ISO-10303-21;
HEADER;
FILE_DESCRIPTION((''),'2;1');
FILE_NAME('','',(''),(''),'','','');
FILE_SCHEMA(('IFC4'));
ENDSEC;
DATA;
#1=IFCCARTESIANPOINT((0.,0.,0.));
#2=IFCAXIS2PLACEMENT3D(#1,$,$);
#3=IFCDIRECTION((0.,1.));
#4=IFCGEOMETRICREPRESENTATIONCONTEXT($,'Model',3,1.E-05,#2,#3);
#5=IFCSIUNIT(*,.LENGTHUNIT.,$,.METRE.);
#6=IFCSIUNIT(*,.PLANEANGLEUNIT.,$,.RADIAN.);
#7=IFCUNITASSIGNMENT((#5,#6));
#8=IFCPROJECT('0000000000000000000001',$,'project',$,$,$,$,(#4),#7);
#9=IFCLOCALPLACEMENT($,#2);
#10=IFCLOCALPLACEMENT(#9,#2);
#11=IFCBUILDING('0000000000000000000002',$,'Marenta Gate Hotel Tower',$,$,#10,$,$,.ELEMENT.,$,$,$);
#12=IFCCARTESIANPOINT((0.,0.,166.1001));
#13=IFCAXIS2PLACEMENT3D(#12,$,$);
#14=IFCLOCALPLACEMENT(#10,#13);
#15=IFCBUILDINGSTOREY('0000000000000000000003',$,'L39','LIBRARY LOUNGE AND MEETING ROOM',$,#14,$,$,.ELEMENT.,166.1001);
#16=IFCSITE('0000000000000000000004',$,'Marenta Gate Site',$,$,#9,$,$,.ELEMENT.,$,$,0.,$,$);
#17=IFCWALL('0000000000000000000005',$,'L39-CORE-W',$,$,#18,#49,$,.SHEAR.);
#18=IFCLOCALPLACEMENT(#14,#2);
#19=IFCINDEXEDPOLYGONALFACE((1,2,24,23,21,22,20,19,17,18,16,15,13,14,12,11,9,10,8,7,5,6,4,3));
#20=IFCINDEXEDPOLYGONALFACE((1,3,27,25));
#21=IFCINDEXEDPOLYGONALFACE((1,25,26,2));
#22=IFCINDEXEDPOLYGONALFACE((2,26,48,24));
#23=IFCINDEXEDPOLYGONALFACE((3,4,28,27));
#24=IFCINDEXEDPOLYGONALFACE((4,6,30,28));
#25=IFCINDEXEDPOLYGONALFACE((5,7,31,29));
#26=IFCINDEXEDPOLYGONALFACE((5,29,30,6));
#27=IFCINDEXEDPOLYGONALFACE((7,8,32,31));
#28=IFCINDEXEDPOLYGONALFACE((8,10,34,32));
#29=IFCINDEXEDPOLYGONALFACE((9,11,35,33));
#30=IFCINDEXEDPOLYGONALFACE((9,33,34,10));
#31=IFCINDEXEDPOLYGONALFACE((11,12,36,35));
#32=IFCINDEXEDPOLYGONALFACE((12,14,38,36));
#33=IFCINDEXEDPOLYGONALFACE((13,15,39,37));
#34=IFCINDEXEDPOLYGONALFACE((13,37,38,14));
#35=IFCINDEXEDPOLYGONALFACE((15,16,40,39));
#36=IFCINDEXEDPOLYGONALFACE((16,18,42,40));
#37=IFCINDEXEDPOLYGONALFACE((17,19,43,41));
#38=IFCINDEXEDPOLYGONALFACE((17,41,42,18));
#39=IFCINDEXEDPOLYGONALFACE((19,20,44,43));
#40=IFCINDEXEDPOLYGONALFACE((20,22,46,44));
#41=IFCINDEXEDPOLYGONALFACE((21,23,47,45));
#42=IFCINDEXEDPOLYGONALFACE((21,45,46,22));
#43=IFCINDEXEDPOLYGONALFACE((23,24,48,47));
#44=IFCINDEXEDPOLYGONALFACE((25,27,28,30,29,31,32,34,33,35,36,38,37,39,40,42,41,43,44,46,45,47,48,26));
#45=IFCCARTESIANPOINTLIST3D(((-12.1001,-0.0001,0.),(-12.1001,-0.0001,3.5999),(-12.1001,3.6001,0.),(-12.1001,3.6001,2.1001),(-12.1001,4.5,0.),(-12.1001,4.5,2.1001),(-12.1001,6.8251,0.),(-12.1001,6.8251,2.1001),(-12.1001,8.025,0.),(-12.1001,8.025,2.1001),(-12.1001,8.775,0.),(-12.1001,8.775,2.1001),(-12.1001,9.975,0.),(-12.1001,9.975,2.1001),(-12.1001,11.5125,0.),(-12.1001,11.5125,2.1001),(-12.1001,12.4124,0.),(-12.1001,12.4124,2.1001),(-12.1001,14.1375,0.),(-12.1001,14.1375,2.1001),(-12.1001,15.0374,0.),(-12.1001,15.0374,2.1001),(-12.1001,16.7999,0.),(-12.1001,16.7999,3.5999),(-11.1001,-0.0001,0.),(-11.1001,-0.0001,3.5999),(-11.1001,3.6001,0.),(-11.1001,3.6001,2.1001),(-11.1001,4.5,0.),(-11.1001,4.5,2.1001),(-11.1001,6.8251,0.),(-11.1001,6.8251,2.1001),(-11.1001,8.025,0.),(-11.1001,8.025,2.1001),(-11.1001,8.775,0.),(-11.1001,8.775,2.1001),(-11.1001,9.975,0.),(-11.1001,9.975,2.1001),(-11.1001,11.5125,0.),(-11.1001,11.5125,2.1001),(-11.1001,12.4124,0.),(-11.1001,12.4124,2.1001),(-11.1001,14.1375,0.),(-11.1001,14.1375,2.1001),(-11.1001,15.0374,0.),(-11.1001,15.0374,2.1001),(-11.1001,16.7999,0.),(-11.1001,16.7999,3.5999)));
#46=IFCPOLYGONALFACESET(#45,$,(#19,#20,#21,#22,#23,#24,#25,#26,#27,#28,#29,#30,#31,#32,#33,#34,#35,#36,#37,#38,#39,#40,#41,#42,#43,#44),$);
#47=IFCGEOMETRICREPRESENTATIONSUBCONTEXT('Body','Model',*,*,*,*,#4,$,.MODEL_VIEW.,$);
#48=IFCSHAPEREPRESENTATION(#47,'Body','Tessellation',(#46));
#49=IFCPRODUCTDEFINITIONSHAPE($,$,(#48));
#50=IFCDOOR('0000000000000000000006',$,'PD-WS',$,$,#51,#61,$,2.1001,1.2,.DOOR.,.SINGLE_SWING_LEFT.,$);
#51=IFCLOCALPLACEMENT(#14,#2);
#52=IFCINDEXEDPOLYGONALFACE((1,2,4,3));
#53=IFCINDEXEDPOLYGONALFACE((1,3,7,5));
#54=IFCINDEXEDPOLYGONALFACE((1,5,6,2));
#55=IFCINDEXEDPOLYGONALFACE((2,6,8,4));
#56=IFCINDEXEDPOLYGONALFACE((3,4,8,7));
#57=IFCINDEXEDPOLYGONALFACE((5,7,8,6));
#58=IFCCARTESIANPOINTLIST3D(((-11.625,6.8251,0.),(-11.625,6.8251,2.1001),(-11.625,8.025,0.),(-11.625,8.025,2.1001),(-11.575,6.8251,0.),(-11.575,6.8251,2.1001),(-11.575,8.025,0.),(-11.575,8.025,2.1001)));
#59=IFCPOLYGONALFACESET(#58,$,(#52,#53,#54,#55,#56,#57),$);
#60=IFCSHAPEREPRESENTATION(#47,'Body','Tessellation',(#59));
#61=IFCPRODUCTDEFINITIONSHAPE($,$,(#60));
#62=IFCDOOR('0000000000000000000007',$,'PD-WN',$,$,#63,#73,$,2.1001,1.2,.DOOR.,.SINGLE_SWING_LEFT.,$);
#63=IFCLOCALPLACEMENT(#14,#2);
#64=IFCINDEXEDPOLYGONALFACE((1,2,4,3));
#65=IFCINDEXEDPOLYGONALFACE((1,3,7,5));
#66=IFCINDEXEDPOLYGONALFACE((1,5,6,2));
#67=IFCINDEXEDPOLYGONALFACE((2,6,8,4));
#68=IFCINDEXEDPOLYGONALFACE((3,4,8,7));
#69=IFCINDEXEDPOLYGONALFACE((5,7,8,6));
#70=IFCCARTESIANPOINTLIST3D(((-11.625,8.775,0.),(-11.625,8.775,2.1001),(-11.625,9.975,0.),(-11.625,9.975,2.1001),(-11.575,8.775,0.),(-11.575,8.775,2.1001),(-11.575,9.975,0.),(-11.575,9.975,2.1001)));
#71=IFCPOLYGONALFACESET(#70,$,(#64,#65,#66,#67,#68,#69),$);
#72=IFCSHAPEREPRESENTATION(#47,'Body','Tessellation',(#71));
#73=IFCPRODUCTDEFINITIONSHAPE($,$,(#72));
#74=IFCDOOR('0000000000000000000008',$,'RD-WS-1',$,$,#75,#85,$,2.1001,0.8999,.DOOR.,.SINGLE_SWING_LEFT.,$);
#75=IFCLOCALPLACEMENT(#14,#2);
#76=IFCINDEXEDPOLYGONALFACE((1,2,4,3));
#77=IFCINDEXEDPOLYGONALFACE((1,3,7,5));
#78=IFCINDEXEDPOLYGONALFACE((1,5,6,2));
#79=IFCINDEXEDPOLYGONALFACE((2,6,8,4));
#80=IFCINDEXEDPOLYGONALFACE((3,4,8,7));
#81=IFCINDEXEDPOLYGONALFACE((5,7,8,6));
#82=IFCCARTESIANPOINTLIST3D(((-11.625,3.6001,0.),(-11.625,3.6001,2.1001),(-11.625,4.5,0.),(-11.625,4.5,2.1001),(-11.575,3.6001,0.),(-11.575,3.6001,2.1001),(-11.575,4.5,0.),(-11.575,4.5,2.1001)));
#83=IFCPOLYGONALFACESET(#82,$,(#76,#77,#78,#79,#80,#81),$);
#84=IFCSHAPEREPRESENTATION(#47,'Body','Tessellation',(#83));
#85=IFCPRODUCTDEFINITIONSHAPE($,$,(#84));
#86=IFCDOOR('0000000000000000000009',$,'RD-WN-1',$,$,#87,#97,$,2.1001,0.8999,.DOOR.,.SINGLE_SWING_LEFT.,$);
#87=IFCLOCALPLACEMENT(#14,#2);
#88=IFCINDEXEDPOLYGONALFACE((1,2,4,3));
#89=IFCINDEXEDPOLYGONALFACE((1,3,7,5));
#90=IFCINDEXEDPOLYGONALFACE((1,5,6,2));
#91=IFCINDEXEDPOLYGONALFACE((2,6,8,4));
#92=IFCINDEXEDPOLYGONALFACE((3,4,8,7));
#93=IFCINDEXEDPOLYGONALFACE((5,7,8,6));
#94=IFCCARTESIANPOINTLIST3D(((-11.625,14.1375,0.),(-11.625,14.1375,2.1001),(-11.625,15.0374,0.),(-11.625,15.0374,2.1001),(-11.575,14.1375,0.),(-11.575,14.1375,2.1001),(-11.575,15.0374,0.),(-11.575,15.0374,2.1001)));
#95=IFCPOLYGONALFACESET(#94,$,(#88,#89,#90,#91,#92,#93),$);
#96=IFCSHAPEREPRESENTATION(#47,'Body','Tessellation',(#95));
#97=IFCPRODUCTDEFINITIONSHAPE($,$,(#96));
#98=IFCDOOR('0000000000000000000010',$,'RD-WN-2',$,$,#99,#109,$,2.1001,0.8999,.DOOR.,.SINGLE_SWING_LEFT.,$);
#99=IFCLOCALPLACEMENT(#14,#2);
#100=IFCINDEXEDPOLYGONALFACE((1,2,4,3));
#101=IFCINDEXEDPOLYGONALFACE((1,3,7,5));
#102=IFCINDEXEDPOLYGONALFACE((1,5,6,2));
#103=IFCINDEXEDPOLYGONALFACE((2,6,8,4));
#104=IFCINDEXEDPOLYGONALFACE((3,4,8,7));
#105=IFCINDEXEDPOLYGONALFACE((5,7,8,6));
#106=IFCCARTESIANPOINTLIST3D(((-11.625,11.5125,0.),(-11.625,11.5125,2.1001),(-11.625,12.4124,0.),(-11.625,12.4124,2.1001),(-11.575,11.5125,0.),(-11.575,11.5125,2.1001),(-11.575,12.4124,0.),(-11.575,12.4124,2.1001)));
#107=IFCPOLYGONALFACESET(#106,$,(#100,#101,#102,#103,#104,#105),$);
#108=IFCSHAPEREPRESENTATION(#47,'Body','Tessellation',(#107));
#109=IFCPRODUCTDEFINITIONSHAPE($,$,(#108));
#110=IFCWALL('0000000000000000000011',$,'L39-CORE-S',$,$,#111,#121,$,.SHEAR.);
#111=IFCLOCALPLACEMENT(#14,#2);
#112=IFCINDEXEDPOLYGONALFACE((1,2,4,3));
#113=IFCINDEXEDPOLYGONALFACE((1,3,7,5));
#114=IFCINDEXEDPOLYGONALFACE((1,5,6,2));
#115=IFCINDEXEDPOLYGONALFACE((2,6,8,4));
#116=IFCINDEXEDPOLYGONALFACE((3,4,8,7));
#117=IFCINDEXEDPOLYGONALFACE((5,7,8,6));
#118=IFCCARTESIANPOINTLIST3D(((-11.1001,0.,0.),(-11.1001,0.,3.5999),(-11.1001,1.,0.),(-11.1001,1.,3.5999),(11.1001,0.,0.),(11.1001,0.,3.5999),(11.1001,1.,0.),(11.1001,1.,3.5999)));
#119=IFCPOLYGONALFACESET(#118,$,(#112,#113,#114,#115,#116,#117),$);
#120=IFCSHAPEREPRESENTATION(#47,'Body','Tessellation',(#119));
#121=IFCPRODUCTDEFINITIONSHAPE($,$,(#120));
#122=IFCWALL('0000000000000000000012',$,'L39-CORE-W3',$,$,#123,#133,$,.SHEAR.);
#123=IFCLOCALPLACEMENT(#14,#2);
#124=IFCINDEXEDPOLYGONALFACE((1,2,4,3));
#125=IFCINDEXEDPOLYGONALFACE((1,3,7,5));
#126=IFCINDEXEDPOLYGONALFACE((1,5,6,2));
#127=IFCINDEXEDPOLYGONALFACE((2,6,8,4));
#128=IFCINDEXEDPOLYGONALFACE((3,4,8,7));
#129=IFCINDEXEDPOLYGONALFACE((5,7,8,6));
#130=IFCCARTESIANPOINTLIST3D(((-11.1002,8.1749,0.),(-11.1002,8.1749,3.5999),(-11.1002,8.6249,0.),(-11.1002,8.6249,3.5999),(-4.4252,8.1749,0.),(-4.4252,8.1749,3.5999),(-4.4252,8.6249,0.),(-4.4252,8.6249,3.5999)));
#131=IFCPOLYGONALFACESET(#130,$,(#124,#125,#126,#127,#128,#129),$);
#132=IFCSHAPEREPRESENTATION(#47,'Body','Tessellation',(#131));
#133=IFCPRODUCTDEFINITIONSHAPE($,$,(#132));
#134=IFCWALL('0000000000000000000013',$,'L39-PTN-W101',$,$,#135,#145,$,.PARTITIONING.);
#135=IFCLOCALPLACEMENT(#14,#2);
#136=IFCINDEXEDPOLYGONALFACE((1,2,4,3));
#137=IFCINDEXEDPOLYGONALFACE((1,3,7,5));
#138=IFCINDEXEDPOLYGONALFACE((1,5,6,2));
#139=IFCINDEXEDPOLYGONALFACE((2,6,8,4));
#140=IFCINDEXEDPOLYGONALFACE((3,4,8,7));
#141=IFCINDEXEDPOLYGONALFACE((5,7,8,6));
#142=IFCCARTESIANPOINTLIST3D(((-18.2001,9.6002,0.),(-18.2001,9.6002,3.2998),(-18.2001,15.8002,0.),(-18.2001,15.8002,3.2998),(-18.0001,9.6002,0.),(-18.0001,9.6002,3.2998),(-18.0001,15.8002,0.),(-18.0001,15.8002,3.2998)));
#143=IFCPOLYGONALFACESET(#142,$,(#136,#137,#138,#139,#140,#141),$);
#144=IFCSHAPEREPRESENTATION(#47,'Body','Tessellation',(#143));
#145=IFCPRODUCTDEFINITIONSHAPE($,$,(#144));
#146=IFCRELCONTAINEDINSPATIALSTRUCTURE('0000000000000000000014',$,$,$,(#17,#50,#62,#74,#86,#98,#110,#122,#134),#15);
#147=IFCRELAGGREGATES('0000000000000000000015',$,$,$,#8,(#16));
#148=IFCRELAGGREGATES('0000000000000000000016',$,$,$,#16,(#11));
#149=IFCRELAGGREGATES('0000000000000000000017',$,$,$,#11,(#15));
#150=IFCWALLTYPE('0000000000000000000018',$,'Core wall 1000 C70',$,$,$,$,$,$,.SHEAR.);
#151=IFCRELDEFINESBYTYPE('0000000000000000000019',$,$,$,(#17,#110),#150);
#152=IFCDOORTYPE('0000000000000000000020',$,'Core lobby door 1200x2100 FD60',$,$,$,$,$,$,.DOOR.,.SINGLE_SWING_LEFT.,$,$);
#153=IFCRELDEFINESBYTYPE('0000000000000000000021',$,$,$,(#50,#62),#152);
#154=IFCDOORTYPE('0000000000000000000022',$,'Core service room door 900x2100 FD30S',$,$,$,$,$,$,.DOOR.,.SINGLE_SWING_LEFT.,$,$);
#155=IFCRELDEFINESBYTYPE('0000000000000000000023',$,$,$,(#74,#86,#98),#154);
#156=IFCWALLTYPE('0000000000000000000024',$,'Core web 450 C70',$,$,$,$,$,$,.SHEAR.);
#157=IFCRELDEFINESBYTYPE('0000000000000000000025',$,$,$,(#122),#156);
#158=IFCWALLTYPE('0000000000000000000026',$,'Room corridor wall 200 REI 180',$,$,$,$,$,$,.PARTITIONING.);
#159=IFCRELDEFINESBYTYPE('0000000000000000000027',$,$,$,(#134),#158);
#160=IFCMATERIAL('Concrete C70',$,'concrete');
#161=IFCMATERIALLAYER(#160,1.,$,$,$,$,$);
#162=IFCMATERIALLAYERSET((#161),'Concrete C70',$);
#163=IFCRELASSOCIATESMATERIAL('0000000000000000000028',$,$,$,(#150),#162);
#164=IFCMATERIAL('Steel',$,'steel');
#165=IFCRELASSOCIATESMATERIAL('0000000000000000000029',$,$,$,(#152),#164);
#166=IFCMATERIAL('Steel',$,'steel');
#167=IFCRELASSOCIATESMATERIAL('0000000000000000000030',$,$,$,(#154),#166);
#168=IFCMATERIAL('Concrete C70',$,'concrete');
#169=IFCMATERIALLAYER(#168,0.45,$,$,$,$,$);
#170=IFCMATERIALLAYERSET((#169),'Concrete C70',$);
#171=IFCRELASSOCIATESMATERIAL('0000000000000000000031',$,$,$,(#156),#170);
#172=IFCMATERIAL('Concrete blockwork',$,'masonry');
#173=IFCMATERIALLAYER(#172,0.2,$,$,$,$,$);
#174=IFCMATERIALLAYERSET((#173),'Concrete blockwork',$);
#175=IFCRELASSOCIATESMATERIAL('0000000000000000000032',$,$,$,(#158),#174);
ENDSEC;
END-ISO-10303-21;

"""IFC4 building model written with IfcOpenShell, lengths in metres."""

from ifc_helpers import new_model, si_unit, direction, frame, frame_2d, origin, place, context, subcontext, project, spatial, rectangle, extrude, material, layer, layer_set, type_object, element, fill, save


model = new_model("IFC4")

# Units and contexts
model_context = context("Model", 3, precision=1e-05, world=origin(), true_north=direction((0.0, 1.0)))
body_context = subcontext(model_context, "Body", "Model", "MODEL_VIEW")
ifc_project = project(units=[si_unit("LENGTHUNIT", "METRE"), si_unit("PLANEANGLEUNIT", "RADIAN")], contexts=[model_context])

# Site, building, storey
site_placement = place(None, origin())
site = spatial("IfcSite", under=ifc_project, at=site_placement, Name="Marenta Gate Site", CompositionType="ELEMENT", RefElevation=0.0)
building_placement = place(site_placement, origin())
building = spatial("IfcBuilding", under=site, at=building_placement, Name="Marenta Gate Hotel Tower", CompositionType="ELEMENT")
storey_placement = place(building_placement, frame((0.0, 0.0, 166.1001)))
storey = spatial("IfcBuildingStorey", under=building, at=storey_placement, Name="L39", Description="LIBRARY LOUNGE AND MEETING ROOM", CompositionType="ELEMENT", Elevation=166.1001)

# Wall, openings, doors
ifc_material_1 = material(Name="Concrete C70", Category="concrete")
ifc_layer_1 = layer(ifc_material_1, 1.0)
ifc_layer_set_1 = layer_set([ifc_layer_1], Name="Concrete C70")
wall_type_1 = type_object("IfcWallType", Name="Core wall 1000 C70", PredefinedType="SHEAR", material=ifc_layer_set_1)
wall_1_placement = place(storey_placement, frame((-11.6001, 0.0, 0.0), z_axis=(0.0, 0.0, 1.0), x_axis=(0.0, 1.0, 0.0)))
wall_1 = element("IfcWall", 1, at=wall_1_placement, inside=storey, type_object=wall_type_1, Name="L39-CORE-W", PredefinedType="SHEAR", context=body_context, shape_type="SweptSolid", body=[
    extrude(rectangle(XDim=16.8, YDim=1.0, at=frame_2d((8.3999, 0.0))), origin(), (0.0, 0.0, 1.0), 3.5999),
])
opening_1_placement = place(wall_1_placement, frame((3.6001, 0.0, 0.0)))
opening_1 = element("IfcOpeningElement", 2, at=opening_1_placement, cuts=wall_1, PredefinedType="OPENING", context=body_context, shape_type="SweptSolid", body=[
    extrude(rectangle(XDim=0.8999, YDim=2.1001, at=frame_2d((0.45, 1.05))), frame((0.0, 0.5, 0.0), z_axis=(0.0, -1.0, 0.0), x_axis=(1.0, 0.0, 0.0)), (0.0, 0.0, 1.0), 1.0),
])
opening_2_placement = place(wall_1_placement, frame((6.825, 0.0, 0.0)))
opening_2 = element("IfcOpeningElement", 3, at=opening_2_placement, cuts=wall_1, PredefinedType="OPENING", context=body_context, shape_type="SweptSolid", body=[
    extrude(rectangle(XDim=1.2, YDim=2.1001, at=frame_2d((0.6001, 1.05))), frame((0.0, 0.5, 0.0), z_axis=(0.0, -1.0, 0.0), x_axis=(1.0, 0.0, 0.0)), (0.0, 0.0, 1.0), 1.0),
])
opening_3_placement = place(wall_1_placement, frame((14.1375, 0.0, 0.0)))
opening_3 = element("IfcOpeningElement", 4, at=opening_3_placement, cuts=wall_1, PredefinedType="OPENING", context=body_context, shape_type="SweptSolid", body=[
    extrude(rectangle(XDim=0.8999, YDim=2.1001, at=frame_2d((0.45, 1.05))), frame((0.0, 0.5, 0.0), z_axis=(0.0, -1.0, 0.0), x_axis=(1.0, 0.0, 0.0)), (0.0, 0.0, 1.0), 1.0),
])
opening_4_placement = place(wall_1_placement, frame((11.5125, 0.0, 0.0)))
opening_4 = element("IfcOpeningElement", 5, at=opening_4_placement, cuts=wall_1, PredefinedType="OPENING", context=body_context, shape_type="SweptSolid", body=[
    extrude(rectangle(XDim=0.8999, YDim=2.1001, at=frame_2d((0.45, 1.05))), frame((0.0, 0.5, 0.0), z_axis=(0.0, -1.0, 0.0), x_axis=(1.0, 0.0, 0.0)), (0.0, 0.0, 1.0), 1.0),
])
opening_5_placement = place(wall_1_placement, frame((8.7749, 0.0, 0.0)))
opening_5 = element("IfcOpeningElement", 6, at=opening_5_placement, cuts=wall_1, PredefinedType="OPENING", context=body_context, shape_type="SweptSolid", body=[
    extrude(rectangle(XDim=1.2, YDim=2.1001, at=frame_2d((0.6001, 1.05))), frame((0.0, 0.5, 0.0), z_axis=(0.0, -1.0, 0.0), x_axis=(1.0, 0.0, 0.0)), (0.0, 0.0, 1.0), 1.0),
])
ifc_material_2 = material(Name="Steel", Category="steel")
door_type_1 = type_object("IfcDoorType", Name="Core lobby door 1200x2100 FD60", OperationType="SINGLE_SWING_LEFT", PredefinedType="DOOR", material=ifc_material_2)
door_1_placement = place(opening_2_placement, origin())
door_1 = element("IfcDoor", 7, at=door_1_placement, inside=storey, type_object=door_type_1, Name="PD-WS", OperationType="SINGLE_SWING_LEFT", OverallHeight=2.1001, OverallWidth=1.2, PredefinedType="DOOR", context=body_context, shape_type="SweptSolid", body=[
    extrude(rectangle(XDim=1.2, YDim=2.1001, at=frame_2d((0.6001, 1.05))), frame((0.0, 0.0249, 0.0), z_axis=(0.0, -1.0, 0.0), x_axis=(1.0, 0.0, 0.0)), (0.0, 0.0, 1.0), 0.05),
])
fill(opening_2, door_1)
door_2_placement = place(opening_5_placement, origin())
door_2 = element("IfcDoor", 8, at=door_2_placement, inside=storey, type_object=door_type_1, Name="PD-WN", OperationType="SINGLE_SWING_LEFT", OverallHeight=2.1001, OverallWidth=1.2, PredefinedType="DOOR", context=body_context, shape_type="SweptSolid", body=[
    extrude(rectangle(XDim=1.2, YDim=2.1001, at=frame_2d((0.6001, 1.05))), frame((0.0, 0.0249, 0.0), z_axis=(0.0, -1.0, 0.0), x_axis=(1.0, 0.0, 0.0)), (0.0, 0.0, 1.0), 0.05),
])
fill(opening_5, door_2)
ifc_material_3 = material(Name="Steel", Category="steel")
door_type_2 = type_object("IfcDoorType", Name="Core service room door 900x2100 FD30S", OperationType="SINGLE_SWING_LEFT", PredefinedType="DOOR", material=ifc_material_3)
door_3_placement = place(opening_1_placement, origin())
door_3 = element("IfcDoor", 9, at=door_3_placement, inside=storey, type_object=door_type_2, Name="RD-WS-1", OperationType="SINGLE_SWING_LEFT", OverallHeight=2.1001, OverallWidth=0.8999, PredefinedType="DOOR", context=body_context, shape_type="SweptSolid", body=[
    extrude(rectangle(XDim=0.8999, YDim=2.1001, at=frame_2d((0.45, 1.05))), frame((0.0, 0.0249, 0.0), z_axis=(0.0, -1.0, 0.0), x_axis=(1.0, 0.0, 0.0)), (0.0, 0.0, 1.0), 0.05),
])
fill(opening_1, door_3)
door_4_placement = place(opening_3_placement, origin())
door_4 = element("IfcDoor", 10, at=door_4_placement, inside=storey, type_object=door_type_2, Name="RD-WN-1", OperationType="SINGLE_SWING_LEFT", OverallHeight=2.1001, OverallWidth=0.8999, PredefinedType="DOOR", context=body_context, shape_type="SweptSolid", body=[
    extrude(rectangle(XDim=0.8999, YDim=2.1001, at=frame_2d((0.45, 1.05))), frame((0.0, 0.0249, 0.0), z_axis=(0.0, -1.0, 0.0), x_axis=(1.0, 0.0, 0.0)), (0.0, 0.0, 1.0), 0.05),
])
fill(opening_3, door_4)
door_5_placement = place(opening_4_placement, origin())
door_5 = element("IfcDoor", 11, at=door_5_placement, inside=storey, type_object=door_type_2, Name="RD-WN-2", OperationType="SINGLE_SWING_LEFT", OverallHeight=2.1001, OverallWidth=0.8999, PredefinedType="DOOR", context=body_context, shape_type="SweptSolid", body=[
    extrude(rectangle(XDim=0.8999, YDim=2.1001, at=frame_2d((0.45, 1.05))), frame((0.0, 0.0249, 0.0), z_axis=(0.0, -1.0, 0.0), x_axis=(1.0, 0.0, 0.0)), (0.0, 0.0, 1.0), 0.05),
])
fill(opening_4, door_5)

# Walls
wall_2_placement = place(storey_placement, frame((-11.1001, 0.5, 0.0), z_axis=(0.0, 0.0, 1.0), x_axis=(1.0, 0.0, 0.0)))
element("IfcWall", 12, at=wall_2_placement, inside=storey, type_object=wall_type_1, Name="L39-CORE-S", PredefinedType="SHEAR", context=body_context, shape_type="SweptSolid", body=[
    extrude(rectangle(XDim=22.2002, YDim=1.0, at=frame_2d((11.1001, 0.0))), origin(), (0.0, 0.0, 1.0), 3.5999),
])
ifc_material_4 = material(Name="Concrete C70", Category="concrete")
ifc_layer_2 = layer(ifc_material_4, 0.45)
ifc_layer_set_2 = layer_set([ifc_layer_2], Name="Concrete C70")
wall_type_2 = type_object("IfcWallType", Name="Core web 450 C70", PredefinedType="SHEAR", material=ifc_layer_set_2)
wall_3_placement = place(storey_placement, frame((-11.1001, 8.3999, 0.0), z_axis=(0.0, 0.0, 1.0), x_axis=(1.0, 0.0, 0.0)))
element("IfcWall", 13, at=wall_3_placement, inside=storey, type_object=wall_type_2, Name="L39-CORE-W3", PredefinedType="SHEAR", context=body_context, shape_type="SweptSolid", body=[
    extrude(rectangle(XDim=6.675, YDim=0.45, at=frame_2d((3.3374, 0.0))), origin(), (0.0, 0.0, 1.0), 3.5999),
])
ifc_material_5 = material(Name="Concrete blockwork", Category="masonry")
ifc_layer_3 = layer(ifc_material_5, 0.2)
ifc_layer_set_3 = layer_set([ifc_layer_3], Name="Concrete blockwork")
wall_type_3 = type_object("IfcWallType", Name="Room corridor wall 200 REI 180", PredefinedType="PARTITIONING", material=ifc_layer_set_3)
wall_4_placement = place(storey_placement, frame((-18.1001, 9.6001, 0.0), z_axis=(0.0, 0.0, 1.0), x_axis=(0.0, 1.0, 0.0)))
element("IfcWall", 14, at=wall_4_placement, inside=storey, type_object=wall_type_3, Name="L39-PTN-W101", PredefinedType="PARTITIONING", context=body_context, shape_type="SweptSolid", body=[
    extrude(rectangle(XDim=6.2, YDim=0.2, at=frame_2d((3.1001, 0.0))), origin(), (0.0, 0.0, 1.0), 3.2998),
])

save(model, "model.ifc")
